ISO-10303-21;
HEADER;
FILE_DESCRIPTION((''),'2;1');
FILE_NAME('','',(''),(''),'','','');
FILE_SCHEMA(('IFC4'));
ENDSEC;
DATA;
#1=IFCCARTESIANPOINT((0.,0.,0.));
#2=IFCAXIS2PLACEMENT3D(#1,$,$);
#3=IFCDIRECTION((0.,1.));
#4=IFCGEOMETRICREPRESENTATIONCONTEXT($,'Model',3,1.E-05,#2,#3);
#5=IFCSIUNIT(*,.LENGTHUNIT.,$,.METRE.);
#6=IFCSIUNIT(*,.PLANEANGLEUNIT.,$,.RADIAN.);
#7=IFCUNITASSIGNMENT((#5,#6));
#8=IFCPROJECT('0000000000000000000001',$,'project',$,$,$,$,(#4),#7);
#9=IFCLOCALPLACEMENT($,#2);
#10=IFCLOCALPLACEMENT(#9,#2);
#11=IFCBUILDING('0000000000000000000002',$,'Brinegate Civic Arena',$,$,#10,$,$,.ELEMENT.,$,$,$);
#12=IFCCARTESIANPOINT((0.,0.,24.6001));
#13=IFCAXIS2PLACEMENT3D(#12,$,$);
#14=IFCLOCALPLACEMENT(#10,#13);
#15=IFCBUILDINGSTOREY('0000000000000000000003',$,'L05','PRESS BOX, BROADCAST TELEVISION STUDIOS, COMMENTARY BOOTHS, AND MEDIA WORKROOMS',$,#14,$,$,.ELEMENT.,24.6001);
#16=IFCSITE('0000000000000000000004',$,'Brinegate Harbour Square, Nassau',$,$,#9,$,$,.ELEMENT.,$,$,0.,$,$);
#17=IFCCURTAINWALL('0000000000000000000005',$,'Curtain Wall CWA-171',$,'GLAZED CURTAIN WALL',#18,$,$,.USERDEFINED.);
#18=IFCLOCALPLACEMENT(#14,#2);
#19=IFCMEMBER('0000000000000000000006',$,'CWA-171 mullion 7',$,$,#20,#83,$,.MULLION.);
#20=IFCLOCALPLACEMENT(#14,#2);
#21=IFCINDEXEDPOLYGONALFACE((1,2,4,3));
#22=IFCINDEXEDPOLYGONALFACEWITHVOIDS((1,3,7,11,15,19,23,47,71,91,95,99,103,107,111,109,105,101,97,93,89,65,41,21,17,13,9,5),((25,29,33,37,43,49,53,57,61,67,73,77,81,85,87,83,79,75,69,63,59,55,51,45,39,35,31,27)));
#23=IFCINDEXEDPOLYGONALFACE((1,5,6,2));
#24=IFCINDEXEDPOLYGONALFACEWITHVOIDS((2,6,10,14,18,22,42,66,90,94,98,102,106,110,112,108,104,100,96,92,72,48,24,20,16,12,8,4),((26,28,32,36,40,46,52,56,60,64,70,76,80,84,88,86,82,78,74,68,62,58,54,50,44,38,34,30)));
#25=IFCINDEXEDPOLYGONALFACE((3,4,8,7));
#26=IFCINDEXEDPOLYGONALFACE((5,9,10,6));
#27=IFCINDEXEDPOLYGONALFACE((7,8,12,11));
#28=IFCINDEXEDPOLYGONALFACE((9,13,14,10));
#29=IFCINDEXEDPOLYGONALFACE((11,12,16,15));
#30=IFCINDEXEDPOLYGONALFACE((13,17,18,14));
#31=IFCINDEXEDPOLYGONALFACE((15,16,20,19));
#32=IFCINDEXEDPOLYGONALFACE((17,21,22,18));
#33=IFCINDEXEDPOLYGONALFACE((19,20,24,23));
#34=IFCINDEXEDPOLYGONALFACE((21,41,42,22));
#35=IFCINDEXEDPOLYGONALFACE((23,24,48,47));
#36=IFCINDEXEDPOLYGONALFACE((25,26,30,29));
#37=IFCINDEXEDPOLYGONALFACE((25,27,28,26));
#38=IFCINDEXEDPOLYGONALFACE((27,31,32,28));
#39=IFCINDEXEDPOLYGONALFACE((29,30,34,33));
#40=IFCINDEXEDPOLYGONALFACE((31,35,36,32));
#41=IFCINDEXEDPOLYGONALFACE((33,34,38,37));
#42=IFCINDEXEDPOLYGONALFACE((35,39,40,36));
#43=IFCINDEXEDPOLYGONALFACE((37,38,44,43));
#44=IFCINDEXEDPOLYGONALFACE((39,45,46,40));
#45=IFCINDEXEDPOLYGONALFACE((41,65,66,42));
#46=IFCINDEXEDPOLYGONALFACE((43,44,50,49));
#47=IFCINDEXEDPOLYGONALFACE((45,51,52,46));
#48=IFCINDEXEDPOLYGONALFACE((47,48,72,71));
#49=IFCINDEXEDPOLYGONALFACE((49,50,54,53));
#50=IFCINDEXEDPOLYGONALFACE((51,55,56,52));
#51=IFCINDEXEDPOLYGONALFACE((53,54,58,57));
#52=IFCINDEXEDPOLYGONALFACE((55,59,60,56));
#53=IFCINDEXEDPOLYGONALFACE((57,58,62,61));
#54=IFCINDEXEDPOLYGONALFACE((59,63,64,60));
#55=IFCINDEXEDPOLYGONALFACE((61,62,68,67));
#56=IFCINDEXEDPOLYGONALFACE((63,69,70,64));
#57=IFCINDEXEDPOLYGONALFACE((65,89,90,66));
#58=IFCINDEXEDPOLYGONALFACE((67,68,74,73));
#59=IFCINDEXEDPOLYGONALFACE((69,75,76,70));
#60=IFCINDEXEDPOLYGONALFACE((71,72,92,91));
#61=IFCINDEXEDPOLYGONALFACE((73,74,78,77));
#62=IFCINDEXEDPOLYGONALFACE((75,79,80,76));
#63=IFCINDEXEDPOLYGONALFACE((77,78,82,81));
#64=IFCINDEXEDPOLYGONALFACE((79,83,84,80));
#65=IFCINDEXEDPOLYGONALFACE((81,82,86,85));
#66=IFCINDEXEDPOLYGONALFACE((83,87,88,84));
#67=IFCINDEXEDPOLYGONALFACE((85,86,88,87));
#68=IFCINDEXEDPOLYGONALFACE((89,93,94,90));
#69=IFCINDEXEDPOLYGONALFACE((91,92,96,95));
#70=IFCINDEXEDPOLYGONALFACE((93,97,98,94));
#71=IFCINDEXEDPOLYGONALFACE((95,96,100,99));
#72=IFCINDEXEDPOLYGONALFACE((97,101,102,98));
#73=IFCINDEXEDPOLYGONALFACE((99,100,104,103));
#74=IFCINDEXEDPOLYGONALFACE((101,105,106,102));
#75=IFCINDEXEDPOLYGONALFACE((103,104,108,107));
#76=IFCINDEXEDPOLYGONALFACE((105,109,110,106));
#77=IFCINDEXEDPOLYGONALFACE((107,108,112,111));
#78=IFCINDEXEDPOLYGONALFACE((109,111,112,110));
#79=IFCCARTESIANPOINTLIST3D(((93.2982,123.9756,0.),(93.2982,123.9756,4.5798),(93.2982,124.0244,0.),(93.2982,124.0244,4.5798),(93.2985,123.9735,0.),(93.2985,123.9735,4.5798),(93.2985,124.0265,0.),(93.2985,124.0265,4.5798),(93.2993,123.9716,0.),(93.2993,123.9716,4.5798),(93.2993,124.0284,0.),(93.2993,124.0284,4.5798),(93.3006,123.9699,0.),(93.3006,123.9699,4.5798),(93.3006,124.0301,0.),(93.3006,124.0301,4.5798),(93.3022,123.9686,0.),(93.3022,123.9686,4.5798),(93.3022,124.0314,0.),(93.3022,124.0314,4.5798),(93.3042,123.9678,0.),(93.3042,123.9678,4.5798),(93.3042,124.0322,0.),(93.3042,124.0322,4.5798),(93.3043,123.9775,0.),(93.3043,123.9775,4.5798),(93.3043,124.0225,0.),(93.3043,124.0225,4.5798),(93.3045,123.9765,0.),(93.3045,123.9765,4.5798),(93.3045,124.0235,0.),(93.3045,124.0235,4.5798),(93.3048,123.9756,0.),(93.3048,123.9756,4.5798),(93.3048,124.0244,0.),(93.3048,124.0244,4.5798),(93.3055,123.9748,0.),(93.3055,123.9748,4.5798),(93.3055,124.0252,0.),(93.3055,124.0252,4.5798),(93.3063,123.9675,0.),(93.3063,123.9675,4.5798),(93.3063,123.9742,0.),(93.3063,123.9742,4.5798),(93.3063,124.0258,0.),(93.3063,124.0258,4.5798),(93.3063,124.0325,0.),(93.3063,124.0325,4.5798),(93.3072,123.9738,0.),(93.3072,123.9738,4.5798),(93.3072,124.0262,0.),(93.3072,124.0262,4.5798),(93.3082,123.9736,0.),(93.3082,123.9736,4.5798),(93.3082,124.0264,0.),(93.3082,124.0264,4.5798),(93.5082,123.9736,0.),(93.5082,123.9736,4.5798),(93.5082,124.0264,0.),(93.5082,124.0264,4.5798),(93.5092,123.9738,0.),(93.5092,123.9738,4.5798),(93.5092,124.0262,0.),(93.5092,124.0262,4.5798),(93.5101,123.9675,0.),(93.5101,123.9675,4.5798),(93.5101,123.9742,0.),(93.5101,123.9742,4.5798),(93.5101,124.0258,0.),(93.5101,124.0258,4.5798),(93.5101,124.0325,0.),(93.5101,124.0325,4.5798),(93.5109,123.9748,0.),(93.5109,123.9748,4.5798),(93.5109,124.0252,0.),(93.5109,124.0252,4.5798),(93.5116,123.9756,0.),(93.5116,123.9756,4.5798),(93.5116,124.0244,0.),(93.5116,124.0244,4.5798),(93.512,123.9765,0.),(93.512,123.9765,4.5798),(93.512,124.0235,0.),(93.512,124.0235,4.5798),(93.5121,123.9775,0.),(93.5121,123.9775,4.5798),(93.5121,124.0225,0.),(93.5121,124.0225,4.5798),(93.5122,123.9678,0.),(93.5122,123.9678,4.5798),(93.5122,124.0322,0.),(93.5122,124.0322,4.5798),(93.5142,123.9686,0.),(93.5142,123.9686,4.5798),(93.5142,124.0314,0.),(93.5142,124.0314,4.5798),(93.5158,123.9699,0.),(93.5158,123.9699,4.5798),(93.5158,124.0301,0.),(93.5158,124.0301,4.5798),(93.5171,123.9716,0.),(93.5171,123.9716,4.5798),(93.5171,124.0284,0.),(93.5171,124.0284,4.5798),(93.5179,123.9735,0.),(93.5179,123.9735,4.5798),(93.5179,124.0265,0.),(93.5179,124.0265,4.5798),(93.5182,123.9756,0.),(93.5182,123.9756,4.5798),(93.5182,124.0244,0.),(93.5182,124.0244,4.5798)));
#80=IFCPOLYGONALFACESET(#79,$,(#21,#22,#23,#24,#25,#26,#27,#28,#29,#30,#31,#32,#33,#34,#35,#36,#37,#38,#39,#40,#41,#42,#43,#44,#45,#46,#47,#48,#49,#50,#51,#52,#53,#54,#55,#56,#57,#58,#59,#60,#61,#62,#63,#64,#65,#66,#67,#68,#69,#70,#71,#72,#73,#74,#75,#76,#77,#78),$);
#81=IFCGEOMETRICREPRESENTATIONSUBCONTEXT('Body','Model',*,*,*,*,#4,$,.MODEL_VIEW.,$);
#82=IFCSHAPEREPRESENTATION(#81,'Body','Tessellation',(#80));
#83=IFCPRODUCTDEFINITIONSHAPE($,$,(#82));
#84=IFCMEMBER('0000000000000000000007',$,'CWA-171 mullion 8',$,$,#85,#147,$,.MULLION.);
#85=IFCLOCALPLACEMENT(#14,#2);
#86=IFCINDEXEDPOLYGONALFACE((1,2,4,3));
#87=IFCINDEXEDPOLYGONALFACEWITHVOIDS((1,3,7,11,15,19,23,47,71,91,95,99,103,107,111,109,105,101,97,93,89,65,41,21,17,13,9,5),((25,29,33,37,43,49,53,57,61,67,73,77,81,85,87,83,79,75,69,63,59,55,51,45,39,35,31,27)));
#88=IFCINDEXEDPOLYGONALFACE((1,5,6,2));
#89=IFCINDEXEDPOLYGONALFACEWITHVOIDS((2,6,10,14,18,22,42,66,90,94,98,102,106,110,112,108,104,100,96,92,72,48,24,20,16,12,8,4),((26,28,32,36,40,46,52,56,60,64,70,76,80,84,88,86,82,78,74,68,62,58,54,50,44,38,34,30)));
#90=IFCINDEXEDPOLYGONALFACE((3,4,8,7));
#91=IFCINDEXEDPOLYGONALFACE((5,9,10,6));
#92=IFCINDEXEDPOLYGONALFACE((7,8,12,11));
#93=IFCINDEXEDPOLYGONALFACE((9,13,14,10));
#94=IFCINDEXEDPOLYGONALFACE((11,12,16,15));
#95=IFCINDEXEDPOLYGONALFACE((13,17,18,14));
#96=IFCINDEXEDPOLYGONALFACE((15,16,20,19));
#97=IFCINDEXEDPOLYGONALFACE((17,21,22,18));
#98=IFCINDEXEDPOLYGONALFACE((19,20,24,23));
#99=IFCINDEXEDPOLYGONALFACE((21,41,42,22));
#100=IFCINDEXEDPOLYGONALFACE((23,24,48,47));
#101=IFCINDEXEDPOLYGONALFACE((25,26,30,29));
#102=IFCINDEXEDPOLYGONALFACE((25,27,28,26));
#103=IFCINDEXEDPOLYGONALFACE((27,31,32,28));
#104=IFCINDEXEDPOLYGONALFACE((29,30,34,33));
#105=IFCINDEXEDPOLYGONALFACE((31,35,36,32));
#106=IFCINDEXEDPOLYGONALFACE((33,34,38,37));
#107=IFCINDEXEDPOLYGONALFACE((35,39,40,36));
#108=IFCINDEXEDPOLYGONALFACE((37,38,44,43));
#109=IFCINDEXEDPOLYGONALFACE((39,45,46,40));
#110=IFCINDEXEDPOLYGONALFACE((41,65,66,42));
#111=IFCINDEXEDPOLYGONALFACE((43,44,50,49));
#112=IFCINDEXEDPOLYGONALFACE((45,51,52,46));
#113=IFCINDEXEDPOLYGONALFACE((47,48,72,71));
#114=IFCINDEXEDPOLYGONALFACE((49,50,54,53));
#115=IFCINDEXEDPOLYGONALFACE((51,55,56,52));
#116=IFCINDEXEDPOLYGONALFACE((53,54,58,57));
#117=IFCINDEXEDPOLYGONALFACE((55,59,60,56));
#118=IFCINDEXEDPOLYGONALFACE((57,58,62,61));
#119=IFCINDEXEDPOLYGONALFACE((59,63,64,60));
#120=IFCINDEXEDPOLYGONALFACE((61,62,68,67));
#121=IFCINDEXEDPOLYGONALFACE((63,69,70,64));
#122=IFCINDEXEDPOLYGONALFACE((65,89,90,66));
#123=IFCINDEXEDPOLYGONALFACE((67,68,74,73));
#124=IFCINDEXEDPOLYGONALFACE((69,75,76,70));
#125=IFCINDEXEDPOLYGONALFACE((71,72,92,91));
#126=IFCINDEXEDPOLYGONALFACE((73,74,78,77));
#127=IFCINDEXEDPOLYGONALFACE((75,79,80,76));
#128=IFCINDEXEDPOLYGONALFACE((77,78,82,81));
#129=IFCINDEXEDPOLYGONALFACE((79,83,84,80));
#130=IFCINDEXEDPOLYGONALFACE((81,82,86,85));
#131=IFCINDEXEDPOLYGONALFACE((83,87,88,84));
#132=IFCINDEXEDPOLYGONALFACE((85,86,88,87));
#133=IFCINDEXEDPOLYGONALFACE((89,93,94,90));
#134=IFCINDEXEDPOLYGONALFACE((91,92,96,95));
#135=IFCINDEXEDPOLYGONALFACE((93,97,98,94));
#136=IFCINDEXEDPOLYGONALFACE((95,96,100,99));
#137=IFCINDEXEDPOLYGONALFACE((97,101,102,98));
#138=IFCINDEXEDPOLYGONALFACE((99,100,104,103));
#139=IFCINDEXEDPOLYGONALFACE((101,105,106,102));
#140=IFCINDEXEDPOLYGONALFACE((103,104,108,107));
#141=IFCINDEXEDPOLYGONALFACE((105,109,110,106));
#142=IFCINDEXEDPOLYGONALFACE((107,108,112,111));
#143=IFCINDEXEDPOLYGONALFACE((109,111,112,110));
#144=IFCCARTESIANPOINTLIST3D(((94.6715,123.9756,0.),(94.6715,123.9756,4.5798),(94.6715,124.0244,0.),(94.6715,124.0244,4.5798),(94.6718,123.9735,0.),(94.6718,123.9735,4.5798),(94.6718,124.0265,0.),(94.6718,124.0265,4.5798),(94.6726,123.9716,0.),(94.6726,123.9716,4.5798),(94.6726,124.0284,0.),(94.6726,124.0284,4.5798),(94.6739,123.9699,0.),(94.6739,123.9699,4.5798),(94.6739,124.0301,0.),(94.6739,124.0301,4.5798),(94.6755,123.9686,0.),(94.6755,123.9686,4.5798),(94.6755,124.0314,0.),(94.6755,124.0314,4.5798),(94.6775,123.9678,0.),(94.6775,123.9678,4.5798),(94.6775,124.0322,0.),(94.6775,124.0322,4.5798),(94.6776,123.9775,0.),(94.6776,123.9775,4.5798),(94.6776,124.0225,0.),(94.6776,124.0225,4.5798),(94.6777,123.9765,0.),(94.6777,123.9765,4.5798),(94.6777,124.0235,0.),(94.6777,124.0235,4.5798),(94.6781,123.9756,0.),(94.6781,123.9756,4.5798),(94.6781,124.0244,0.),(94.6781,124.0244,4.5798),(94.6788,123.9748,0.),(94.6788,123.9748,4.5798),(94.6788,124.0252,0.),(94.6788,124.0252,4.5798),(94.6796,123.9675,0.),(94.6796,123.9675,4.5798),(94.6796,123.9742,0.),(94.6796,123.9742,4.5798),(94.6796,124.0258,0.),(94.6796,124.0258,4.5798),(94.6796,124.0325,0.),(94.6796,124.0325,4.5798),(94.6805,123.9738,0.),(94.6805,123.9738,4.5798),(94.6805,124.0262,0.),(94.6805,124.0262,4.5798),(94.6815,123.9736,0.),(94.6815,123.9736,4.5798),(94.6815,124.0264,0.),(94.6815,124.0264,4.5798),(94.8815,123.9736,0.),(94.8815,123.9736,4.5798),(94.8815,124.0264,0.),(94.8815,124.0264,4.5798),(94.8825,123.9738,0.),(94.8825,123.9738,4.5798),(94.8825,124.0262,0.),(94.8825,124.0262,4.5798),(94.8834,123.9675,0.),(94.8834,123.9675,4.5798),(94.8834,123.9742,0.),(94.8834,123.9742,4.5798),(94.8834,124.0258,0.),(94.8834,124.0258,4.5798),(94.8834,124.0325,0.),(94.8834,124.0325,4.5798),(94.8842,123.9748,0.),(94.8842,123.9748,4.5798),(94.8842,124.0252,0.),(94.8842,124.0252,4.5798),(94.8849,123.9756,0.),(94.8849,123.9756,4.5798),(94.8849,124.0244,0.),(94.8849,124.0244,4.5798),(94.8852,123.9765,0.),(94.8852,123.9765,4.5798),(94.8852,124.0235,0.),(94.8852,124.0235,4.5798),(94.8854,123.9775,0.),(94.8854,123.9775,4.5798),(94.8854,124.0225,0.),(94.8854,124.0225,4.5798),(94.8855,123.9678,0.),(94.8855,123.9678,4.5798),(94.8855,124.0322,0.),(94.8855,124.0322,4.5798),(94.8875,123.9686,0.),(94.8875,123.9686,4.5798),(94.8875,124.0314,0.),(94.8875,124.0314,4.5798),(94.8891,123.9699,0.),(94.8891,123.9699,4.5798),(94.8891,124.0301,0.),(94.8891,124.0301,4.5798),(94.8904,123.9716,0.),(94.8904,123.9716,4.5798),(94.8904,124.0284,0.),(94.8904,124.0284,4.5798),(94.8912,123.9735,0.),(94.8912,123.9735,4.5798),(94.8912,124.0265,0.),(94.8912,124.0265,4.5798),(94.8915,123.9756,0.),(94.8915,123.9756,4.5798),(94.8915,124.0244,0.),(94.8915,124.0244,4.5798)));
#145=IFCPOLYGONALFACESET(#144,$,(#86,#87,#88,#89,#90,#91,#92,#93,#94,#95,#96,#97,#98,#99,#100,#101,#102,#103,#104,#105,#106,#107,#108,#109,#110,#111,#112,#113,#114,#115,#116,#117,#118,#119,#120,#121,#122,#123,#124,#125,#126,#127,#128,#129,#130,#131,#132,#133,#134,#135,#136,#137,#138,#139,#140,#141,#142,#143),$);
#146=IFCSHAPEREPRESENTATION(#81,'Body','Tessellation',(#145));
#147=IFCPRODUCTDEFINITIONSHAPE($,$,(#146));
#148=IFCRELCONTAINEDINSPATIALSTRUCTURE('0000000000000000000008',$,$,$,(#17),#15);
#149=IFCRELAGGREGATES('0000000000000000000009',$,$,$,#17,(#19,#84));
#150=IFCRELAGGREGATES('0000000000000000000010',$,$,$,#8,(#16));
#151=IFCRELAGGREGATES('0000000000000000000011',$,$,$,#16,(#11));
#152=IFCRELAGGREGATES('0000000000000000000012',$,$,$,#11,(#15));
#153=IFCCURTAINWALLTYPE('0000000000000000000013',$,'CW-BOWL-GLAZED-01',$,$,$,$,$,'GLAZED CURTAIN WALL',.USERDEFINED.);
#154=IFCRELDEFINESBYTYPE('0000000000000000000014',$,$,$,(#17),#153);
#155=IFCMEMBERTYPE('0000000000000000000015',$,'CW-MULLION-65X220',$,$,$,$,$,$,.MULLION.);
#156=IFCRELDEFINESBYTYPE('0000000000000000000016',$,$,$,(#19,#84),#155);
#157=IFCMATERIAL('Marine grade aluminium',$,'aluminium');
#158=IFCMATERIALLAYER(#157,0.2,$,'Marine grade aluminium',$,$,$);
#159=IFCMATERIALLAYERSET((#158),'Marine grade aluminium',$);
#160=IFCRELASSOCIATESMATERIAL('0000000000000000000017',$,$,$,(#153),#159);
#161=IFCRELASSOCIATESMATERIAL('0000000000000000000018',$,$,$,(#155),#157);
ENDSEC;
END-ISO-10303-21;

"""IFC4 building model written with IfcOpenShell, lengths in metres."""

from ifc_helpers import new_model, si_unit, direction, frame, origin, origin_2d, place, context, subcontext, project, spatial, hollow_rectangle, extrude, material, layer, layer_set, material_profile, profile_set, type_object, element, aggregate, save


model = new_model("IFC4")

# Units and contexts
model_context = context("Model", 3, precision=1e-05, world=origin(), true_north=direction((0.0, 1.0)))
body_context = subcontext(model_context, "Body", "Model", "MODEL_VIEW")
ifc_project = project(units=[si_unit("LENGTHUNIT", "METRE"), si_unit("PLANEANGLEUNIT", "RADIAN")], contexts=[model_context])

# Site, building, storey
site_placement = place(None, origin())
site = spatial("IfcSite", under=ifc_project, at=site_placement, Name="Brinegate Harbour Square, Nassau", CompositionType="ELEMENT", RefElevation=0.0)
building_placement = place(site_placement, origin())
building = spatial("IfcBuilding", under=site, at=building_placement, Name="Brinegate Civic Arena", CompositionType="ELEMENT")
storey_placement = place(building_placement, frame((0.0, 0.0, 24.6001)))
storey = spatial("IfcBuildingStorey", under=building, at=storey_placement, Name="L05", Description="PRESS BOX, BROADCAST TELEVISION STUDIOS, COMMENTARY BOOTHS, AND MEDIA WORKROOMS", CompositionType="ELEMENT", Elevation=24.6001)

# Curtain wall, members
ifc_material_1 = material(Name="Marine grade aluminium", Category="aluminium")
ifc_layer_1 = layer(ifc_material_1, 0.2, Name="Marine grade aluminium")
ifc_layer_set_1 = layer_set([ifc_layer_1], Name="Marine grade aluminium")
curtain_wall_type = type_object("IfcCurtainWallType", Name="CW-BOWL-GLAZED-01", ElementType="GLAZED CURTAIN WALL", PredefinedType="USERDEFINED", material=ifc_layer_set_1)
curtain_wall_placement = place(storey_placement, origin())
curtain_wall = element("IfcCurtainWall", 1, at=curtain_wall_placement, inside=storey, type_object=curtain_wall_type, Name="Curtain Wall CWA-171", ObjectType="GLAZED CURTAIN WALL", PredefinedType="USERDEFINED")
ifc_material_profile_1 = material_profile(ifc_material_1, hollow_rectangle(XDim=0.0649, YDim=0.22, WallThickness=0.0061, InnerFilletRadius=0.0039, OuterFilletRadius=0.0081, at=origin_2d()), Name="MUL65X220")
ifc_profile_set_1 = profile_set([ifc_material_profile_1], Name="Marine grade aluminium")
member_type_1 = type_object("IfcMemberType", Name="CW-MULLION-65X220", PredefinedType="MULLION", material=ifc_profile_set_1)
member_1_placement = place(storey_placement, frame((93.4082, 124.0, 0.0), z_axis=(0.0, 0.0, 1.0), x_axis=(0.0, 1.0, 0.0)))
member_1 = element("IfcMember", 2, at=member_1_placement, type_object=member_type_1, Name="CWA-171 mullion 7", PredefinedType="MULLION", context=body_context, shape_type="SweptSolid", body=[
    extrude(hollow_rectangle(XDim=0.0649, YDim=0.22, WallThickness=0.0061, InnerFilletRadius=0.0039, OuterFilletRadius=0.0081, at=origin_2d()), origin(), (0.0, 0.0, 1.0), 4.5798),
])
member_2_placement = place(storey_placement, frame((94.7815, 124.0, 0.0), z_axis=(0.0, 0.0, 1.0), x_axis=(0.0, 1.0, 0.0)))
member_2 = element("IfcMember", 3, at=member_2_placement, type_object=member_type_1, Name="CWA-171 mullion 8", PredefinedType="MULLION", context=body_context, shape_type="SweptSolid", body=[
    extrude(hollow_rectangle(XDim=0.0649, YDim=0.22, WallThickness=0.0061, InnerFilletRadius=0.0039, OuterFilletRadius=0.0081, at=origin_2d()), origin(), (0.0, 0.0, 1.0), 4.5798),
])
aggregate(curtain_wall, [member_1, member_2])

save(model, "model.ifc")
